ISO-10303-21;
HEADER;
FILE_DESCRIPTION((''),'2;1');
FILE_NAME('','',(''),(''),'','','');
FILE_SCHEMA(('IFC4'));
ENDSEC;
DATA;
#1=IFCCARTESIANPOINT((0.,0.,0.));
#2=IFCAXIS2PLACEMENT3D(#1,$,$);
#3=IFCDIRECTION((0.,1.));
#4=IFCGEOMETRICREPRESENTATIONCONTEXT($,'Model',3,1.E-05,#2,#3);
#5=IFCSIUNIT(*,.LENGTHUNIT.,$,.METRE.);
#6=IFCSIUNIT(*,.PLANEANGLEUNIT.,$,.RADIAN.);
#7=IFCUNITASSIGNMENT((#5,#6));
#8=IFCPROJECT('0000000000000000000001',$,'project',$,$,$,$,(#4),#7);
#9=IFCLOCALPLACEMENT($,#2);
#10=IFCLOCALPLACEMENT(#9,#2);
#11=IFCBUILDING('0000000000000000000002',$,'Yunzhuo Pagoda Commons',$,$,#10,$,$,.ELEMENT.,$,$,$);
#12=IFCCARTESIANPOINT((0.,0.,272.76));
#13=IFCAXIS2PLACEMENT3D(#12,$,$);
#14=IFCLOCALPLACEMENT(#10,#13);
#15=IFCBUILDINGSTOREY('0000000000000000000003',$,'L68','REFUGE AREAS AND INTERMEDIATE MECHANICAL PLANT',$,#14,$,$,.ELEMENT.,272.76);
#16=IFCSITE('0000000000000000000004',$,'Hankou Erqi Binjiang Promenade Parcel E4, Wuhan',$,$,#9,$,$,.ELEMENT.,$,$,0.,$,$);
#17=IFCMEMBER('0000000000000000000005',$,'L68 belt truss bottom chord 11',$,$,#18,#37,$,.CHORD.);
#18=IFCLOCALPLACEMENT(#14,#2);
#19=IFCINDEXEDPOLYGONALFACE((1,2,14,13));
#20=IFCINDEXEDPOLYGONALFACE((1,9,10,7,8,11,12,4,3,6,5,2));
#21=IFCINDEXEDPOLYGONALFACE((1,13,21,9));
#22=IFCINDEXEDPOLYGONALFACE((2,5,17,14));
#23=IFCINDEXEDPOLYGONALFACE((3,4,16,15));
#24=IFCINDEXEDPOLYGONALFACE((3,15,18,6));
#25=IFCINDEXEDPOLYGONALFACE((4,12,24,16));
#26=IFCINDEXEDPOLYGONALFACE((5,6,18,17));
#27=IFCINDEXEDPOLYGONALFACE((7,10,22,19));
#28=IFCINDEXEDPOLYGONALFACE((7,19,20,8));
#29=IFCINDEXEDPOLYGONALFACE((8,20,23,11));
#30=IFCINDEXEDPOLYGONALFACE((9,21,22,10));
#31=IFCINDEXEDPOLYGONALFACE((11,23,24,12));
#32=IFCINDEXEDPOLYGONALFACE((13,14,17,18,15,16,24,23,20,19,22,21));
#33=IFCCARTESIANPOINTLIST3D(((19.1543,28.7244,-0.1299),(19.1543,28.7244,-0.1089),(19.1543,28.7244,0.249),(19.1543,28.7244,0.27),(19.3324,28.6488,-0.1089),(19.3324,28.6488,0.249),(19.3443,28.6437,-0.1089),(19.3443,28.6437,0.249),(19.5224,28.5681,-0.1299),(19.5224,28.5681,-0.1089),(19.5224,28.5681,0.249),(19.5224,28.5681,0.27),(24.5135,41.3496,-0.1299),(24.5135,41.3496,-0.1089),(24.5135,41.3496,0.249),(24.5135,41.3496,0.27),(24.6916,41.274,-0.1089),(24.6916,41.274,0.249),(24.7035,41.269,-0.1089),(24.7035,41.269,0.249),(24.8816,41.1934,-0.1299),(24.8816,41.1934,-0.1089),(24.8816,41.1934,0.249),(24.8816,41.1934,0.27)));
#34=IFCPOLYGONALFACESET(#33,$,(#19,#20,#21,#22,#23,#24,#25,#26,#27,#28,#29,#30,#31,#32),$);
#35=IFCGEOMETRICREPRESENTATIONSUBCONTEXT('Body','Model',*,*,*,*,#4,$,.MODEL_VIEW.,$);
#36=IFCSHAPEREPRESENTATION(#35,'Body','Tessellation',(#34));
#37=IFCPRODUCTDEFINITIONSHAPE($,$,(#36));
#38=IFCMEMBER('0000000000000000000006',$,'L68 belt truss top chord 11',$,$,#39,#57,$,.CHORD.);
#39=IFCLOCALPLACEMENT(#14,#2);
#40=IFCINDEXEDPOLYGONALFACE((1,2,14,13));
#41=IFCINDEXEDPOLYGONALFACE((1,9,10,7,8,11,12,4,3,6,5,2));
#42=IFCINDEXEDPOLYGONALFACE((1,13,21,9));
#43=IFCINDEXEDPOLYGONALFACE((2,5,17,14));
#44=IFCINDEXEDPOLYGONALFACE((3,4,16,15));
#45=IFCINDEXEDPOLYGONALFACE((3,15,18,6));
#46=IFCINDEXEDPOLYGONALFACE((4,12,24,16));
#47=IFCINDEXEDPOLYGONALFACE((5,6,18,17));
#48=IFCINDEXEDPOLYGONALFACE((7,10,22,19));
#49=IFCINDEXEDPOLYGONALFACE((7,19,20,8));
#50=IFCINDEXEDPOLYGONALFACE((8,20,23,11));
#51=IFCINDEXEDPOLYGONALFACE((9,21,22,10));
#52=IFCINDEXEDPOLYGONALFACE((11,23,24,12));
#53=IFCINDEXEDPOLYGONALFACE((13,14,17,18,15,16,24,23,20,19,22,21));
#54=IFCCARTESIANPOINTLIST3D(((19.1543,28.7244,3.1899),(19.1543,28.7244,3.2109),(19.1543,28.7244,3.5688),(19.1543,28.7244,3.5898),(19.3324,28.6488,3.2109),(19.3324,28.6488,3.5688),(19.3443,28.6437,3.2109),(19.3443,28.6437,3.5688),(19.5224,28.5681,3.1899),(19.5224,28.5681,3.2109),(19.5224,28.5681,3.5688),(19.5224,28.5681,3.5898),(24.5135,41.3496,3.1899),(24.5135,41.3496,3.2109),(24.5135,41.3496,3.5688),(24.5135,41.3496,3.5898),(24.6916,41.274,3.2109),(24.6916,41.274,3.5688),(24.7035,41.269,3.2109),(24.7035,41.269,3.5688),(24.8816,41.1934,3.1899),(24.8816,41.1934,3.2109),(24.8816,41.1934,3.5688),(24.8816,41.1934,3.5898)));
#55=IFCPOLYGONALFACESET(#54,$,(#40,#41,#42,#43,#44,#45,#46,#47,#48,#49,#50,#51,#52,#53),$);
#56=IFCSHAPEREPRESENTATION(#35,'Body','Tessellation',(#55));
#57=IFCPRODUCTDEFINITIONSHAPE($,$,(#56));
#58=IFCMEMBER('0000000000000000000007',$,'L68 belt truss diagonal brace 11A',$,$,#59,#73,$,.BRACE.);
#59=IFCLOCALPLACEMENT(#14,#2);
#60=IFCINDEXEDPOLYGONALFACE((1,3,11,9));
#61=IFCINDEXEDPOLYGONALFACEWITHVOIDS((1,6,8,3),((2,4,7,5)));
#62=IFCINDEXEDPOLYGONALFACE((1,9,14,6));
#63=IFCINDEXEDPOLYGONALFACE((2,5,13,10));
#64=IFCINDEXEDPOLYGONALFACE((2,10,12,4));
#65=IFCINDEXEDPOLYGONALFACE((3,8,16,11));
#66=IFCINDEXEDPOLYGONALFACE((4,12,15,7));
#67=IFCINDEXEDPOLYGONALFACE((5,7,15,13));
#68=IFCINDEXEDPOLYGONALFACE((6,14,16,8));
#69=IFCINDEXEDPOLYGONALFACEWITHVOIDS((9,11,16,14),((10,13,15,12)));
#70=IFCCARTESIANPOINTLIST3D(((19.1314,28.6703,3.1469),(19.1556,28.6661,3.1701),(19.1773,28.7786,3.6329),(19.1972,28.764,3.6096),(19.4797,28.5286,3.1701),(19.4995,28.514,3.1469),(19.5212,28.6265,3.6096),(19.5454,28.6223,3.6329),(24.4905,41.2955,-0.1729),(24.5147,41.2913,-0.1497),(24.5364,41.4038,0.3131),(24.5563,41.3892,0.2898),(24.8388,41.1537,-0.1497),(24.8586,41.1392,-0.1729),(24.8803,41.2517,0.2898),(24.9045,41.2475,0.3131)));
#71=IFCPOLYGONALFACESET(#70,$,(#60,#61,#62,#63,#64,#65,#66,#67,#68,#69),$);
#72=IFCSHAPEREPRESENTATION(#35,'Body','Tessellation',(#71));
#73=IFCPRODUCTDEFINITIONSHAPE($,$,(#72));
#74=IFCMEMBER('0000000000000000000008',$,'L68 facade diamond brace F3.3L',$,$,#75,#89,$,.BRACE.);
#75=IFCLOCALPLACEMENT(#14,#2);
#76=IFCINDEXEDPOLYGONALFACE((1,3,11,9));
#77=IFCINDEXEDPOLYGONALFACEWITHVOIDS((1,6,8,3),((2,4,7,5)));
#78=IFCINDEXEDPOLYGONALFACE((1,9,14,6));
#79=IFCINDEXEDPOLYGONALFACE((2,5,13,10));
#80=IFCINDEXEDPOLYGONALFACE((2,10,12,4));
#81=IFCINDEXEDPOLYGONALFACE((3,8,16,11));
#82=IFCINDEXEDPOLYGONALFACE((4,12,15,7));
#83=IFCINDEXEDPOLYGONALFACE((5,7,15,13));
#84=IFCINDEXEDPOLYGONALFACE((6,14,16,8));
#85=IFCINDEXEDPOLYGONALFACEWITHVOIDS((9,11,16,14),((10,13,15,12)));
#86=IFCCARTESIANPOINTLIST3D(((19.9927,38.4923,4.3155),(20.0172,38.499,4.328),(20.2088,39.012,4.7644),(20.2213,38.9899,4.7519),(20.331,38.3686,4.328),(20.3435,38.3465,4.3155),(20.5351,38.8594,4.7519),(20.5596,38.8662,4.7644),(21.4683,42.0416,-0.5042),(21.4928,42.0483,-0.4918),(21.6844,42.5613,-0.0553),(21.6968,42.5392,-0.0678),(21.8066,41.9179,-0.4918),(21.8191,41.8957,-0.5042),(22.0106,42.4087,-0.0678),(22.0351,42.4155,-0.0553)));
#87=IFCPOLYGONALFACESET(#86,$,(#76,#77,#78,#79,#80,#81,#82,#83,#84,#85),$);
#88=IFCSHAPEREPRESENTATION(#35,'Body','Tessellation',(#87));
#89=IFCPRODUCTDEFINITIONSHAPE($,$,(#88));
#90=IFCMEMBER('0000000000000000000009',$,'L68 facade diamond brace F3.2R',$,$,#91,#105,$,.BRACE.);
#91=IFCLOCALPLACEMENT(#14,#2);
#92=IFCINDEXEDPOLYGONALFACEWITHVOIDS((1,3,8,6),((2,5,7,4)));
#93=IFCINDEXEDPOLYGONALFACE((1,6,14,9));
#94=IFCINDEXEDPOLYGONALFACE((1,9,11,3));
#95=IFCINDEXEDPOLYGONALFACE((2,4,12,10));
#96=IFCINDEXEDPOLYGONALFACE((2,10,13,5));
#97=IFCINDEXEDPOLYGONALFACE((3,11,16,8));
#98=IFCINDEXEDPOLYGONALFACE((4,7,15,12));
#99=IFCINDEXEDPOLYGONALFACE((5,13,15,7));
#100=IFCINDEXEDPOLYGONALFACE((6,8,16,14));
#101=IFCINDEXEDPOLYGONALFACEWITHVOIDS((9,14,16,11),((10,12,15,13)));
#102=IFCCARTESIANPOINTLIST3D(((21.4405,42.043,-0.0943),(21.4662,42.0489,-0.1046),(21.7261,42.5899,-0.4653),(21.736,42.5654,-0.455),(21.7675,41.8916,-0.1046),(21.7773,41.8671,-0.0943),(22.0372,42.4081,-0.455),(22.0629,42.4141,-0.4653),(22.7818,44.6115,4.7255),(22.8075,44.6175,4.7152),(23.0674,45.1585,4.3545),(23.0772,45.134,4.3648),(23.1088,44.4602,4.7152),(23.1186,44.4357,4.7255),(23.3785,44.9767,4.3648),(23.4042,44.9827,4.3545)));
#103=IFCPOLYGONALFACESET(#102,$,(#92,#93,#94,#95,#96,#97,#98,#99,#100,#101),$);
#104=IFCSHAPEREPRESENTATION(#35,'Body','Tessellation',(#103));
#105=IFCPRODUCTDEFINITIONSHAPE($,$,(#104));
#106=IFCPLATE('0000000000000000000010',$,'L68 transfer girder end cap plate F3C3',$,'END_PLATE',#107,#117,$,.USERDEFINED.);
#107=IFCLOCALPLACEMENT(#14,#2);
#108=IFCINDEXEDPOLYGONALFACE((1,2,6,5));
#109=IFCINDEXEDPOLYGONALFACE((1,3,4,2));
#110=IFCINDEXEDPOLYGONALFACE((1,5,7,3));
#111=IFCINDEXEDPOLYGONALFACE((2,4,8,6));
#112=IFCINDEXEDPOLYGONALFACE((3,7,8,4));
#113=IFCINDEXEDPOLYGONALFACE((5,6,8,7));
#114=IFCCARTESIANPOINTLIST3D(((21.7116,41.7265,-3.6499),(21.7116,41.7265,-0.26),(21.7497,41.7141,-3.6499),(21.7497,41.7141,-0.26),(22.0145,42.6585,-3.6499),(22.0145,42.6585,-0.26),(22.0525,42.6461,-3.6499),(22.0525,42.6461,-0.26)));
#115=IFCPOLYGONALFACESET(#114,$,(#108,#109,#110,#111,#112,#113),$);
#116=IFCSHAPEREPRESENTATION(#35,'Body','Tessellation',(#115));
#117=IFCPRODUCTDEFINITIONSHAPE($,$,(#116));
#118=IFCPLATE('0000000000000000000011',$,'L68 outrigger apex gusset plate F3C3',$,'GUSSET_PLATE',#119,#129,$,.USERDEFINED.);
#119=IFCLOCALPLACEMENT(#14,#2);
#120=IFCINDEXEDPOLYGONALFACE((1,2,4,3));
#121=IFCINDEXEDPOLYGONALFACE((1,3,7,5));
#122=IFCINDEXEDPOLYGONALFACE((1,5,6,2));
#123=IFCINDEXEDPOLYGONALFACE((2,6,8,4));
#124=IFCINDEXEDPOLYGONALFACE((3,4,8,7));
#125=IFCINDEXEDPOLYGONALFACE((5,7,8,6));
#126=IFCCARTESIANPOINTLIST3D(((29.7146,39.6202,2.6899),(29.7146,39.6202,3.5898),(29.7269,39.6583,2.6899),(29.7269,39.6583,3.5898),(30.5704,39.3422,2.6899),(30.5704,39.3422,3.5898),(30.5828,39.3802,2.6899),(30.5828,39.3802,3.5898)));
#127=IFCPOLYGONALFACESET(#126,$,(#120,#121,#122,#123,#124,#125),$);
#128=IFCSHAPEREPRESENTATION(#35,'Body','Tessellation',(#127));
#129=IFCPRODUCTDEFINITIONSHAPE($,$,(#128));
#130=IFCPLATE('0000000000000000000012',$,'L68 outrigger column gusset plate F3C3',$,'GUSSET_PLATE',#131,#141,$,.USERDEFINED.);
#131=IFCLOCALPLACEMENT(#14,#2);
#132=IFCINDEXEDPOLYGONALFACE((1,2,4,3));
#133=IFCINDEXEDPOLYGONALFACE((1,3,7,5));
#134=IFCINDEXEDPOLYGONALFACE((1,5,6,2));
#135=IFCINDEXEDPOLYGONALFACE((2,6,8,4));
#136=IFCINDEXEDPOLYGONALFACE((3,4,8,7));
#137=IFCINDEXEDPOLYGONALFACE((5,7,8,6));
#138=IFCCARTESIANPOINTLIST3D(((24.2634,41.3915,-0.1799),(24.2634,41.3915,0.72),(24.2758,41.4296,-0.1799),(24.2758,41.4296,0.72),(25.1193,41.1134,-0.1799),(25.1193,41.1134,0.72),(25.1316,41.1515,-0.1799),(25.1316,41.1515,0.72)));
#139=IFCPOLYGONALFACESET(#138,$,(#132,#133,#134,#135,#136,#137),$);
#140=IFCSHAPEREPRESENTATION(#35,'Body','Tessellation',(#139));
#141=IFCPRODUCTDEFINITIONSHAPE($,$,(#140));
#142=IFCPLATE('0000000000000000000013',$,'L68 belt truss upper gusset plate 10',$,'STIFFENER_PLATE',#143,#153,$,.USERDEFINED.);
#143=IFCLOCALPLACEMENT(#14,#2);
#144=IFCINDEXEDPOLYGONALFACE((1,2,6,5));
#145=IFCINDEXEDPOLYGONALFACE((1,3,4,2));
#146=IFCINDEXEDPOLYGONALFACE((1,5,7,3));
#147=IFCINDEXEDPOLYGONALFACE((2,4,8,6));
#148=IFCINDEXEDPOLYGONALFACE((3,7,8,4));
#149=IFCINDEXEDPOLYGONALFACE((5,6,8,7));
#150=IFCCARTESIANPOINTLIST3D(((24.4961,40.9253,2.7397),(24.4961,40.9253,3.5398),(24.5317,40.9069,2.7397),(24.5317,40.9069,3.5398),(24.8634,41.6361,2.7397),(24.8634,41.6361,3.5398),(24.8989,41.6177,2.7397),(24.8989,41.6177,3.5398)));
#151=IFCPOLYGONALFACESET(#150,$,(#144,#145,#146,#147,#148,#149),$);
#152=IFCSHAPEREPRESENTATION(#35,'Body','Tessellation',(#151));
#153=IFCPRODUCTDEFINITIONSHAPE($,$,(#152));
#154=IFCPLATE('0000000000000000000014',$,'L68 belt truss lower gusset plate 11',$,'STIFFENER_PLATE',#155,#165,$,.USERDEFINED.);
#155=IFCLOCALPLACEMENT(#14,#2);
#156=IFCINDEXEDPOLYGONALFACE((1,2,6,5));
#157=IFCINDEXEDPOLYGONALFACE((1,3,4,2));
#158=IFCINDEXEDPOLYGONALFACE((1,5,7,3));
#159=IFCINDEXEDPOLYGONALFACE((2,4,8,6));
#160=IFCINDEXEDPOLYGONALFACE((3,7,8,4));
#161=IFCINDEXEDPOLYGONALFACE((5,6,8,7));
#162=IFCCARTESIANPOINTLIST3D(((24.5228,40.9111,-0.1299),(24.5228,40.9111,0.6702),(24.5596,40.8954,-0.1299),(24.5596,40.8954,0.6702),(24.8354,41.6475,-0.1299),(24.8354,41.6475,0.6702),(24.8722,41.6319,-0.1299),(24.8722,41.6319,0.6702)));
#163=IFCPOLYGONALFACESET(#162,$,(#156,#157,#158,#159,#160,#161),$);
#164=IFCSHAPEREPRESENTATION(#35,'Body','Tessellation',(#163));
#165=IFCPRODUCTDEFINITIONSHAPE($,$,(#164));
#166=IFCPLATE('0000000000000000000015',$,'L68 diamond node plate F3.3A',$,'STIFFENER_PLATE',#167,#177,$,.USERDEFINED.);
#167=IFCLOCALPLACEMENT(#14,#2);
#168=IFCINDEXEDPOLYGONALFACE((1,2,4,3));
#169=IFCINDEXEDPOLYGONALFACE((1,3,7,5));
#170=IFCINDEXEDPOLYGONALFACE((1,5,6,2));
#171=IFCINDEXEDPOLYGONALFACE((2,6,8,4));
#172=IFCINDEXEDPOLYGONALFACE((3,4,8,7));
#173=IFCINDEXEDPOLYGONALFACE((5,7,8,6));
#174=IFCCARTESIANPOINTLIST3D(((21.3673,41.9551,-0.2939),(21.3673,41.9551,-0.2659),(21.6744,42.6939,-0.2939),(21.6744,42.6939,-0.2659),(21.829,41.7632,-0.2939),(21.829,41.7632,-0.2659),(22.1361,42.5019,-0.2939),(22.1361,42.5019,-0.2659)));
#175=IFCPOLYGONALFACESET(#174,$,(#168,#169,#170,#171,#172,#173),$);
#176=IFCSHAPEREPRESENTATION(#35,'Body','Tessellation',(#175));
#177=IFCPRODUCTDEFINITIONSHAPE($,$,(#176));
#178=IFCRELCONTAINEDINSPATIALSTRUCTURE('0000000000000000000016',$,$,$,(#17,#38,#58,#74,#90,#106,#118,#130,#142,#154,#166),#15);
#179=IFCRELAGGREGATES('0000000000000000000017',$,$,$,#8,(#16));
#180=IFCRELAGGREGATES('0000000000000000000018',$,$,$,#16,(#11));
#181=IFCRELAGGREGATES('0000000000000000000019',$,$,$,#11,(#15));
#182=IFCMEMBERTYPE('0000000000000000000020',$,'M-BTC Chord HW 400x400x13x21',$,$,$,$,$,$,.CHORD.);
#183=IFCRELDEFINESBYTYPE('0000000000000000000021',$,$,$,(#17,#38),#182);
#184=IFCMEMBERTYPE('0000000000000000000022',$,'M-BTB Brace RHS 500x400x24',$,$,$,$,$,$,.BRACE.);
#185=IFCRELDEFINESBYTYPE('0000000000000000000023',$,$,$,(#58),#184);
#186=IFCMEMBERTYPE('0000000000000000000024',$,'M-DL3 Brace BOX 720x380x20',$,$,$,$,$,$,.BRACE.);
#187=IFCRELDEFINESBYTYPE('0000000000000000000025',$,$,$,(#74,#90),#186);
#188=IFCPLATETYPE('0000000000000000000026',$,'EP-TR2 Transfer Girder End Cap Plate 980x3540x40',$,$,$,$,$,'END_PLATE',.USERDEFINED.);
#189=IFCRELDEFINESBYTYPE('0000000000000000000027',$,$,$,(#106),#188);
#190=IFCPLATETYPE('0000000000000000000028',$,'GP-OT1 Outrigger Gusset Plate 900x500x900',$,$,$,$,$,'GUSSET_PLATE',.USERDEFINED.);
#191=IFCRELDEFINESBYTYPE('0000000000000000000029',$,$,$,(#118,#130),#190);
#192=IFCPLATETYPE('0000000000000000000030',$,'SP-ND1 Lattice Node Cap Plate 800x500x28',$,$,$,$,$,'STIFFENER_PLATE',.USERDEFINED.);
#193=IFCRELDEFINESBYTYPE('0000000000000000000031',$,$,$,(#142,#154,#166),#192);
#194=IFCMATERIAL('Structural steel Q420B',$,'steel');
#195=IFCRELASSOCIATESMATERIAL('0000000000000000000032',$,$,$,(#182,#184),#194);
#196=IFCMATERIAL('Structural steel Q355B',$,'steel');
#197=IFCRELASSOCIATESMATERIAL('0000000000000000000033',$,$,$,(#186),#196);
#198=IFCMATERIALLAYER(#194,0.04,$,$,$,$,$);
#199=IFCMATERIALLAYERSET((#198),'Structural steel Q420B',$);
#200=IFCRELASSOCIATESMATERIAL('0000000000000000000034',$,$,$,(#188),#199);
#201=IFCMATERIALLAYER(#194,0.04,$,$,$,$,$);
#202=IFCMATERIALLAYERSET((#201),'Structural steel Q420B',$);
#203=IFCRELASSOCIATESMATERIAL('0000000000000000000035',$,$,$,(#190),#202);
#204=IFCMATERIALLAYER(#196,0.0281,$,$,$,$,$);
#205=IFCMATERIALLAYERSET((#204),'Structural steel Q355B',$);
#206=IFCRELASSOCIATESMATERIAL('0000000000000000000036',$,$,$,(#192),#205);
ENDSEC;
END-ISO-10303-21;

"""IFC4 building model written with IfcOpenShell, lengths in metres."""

from ifc_helpers import new_model, si_unit, direction, frame, origin, origin_2d, place, context, subcontext, project, spatial, rectangle, hollow_rectangle, i_section, extrude, source, transform, mapped, material, layer, layer_set, material_profile, profile_set, type_object, element, save


model = new_model("IFC4")

# Units and contexts
model_context = context("Model", 3, precision=1e-05, world=origin(), true_north=direction((0.0, 1.0)))
body_context = subcontext(model_context, "Body", "Model", "MODEL_VIEW")
ifc_project = project(units=[si_unit("LENGTHUNIT", "METRE"), si_unit("PLANEANGLEUNIT", "RADIAN")], contexts=[model_context])

# Site, building, storey
site_placement = place(None, origin())
site = spatial("IfcSite", under=ifc_project, at=site_placement, Name="Hankou Erqi Binjiang Promenade Parcel E4, Wuhan", CompositionType="ELEMENT", RefElevation=0.0)
building_placement = place(site_placement, origin())
building = spatial("IfcBuilding", under=site, at=building_placement, Name="Yunzhuo Pagoda Commons", CompositionType="ELEMENT")
storey_placement = place(building_placement, frame((0.0, 0.0, 272.76)))
storey = spatial("IfcBuildingStorey", under=building, at=storey_placement, Name="L68", Description="REFUGE AREAS AND INTERMEDIATE MECHANICAL PLANT", CompositionType="ELEMENT", Elevation=272.76)

# Shared definitions
ifc_material_1 = material(Name="Structural steel Q355B", Category="steel")

# Shared definitions
ifc_material_2 = material(Name="Structural steel Q420B", Category="steel")

# Members
ifc_material_profile_1 = material_profile(ifc_material_2, i_section(OverallWidth=0.3999, OverallDepth=0.3999, WebThickness=0.0129, FlangeThickness=0.021, at=origin_2d()), Name="Structural steel Q420B")
ifc_profile_set_1 = profile_set([ifc_material_profile_1], Name="Structural steel Q420B")
member_type_1 = type_object("IfcMemberType", Name="M-BTC Chord HW 400x400x13x21", PredefinedType="CHORD", material=ifc_profile_set_1)
shared_shape_1 = source(origin(), body_context, "Body", "SweptSolid", [
    extrude(i_section(OverallWidth=0.3999, OverallDepth=0.3999, WebThickness=0.0129, FlangeThickness=0.021, at=origin_2d()), origin(), (0.0, 0.0, 1.0), 13.7156),
])
for number, where, z_axis, x_axis, name in (
    (1, (24.6975, 41.2715, 0.0701), (-0.390733, -0.920504, 0.0), (0.920504, -0.390733, 0.0), "L68 belt truss bottom chord 11"),
    (2, (24.6975, 41.2715, 3.3899), (-0.390733, -0.920504, 0.0), (0.920504, -0.390733, 0.0), "L68 belt truss top chord 11"),
):
    element("IfcMember", number, at=place(storey_placement, frame(where, z_axis=z_axis, x_axis=x_axis)), inside=storey, type_object=member_type_1, Name=name, PredefinedType="CHORD", context=body_context, shape_type="MappedRepresentation", body=[
        mapped(shared_shape_1, transform((0.0, 0.0, 0.0), scale=1.0)),
    ])
ifc_material_profile_2 = material_profile(ifc_material_2, hollow_rectangle(XDim=0.3999, YDim=0.5, WallThickness=0.0239, at=origin_2d()), Name="Structural steel Q420B")
ifc_profile_set_2 = profile_set([ifc_material_profile_2], Name="Structural steel Q420B")
member_type_2 = type_object("IfcMemberType", Name="M-BTB Brace RHS 500x400x24", PredefinedType="BRACE", material=ifc_profile_set_2)
shared_shape_2 = source(origin(), body_context, "Body", "SweptSolid", [
    extrude(hollow_rectangle(XDim=0.3999, YDim=0.5, WallThickness=0.0239, at=origin_2d()), origin(), (0.0, 0.0, 1.0), 14.1116),
])
member_1_placement = place(storey_placement, frame((24.6975, 41.2715, 0.0701), z_axis=(-0.379767, -0.894669, 0.235254), x_axis=(0.920504, -0.390733, 0.0)))
element("IfcMember", 3, at=member_1_placement, inside=storey, type_object=member_type_2, Name="L68 belt truss diagonal brace 11A", PredefinedType="BRACE", context=body_context, shape_type="MappedRepresentation", body=[
    mapped(shared_shape_2, transform((0.0, 0.0, 0.0), scale=1.0)),
])
ifc_material_profile_3 = material_profile(ifc_material_1, hollow_rectangle(XDim=0.3799, YDim=0.72, WallThickness=0.02, at=origin_2d()), Name="Structural steel Q355B")
ifc_profile_set_3 = profile_set([ifc_material_profile_3], Name="Structural steel Q355B")
member_type_3 = type_object("IfcMemberType", Name="M-DL3 Brace BOX 720x380x20", PredefinedType="BRACE", material=ifc_profile_set_3)
shared_shape_3 = source(origin(), body_context, "Body", "SweptSolid", [
    extrude(hollow_rectangle(XDim=0.3799, YDim=0.72, WallThickness=0.02, at=origin_2d()), origin(), (0.0, 0.0, 1.0), 6.1648),
])
member_2_placement = place(storey_placement, frame((21.7517, 42.2285, -0.2798), z_axis=(-0.239354, -0.575732, 0.78182), x_axis=(0.923381, -0.383885, 0.0)))
element("IfcMember", 4, at=member_2_placement, inside=storey, type_object=member_type_3, Name="L68 facade diamond brace F3.3L", PredefinedType="BRACE", context=body_context, shape_type="MappedRepresentation", body=[
    mapped(shared_shape_3, transform((0.0, 0.0, 0.0), scale=1.0)),
])
shared_shape_4 = source(origin(), body_context, "Body", "SweptSolid", [
    extrude(hollow_rectangle(XDim=0.3799, YDim=0.72, WallThickness=0.02, at=origin_2d()), origin(), (0.0, 0.0, 1.0), 5.6238),
])
member_3_placement = place(storey_placement, frame((21.7517, 42.2285, -0.2798), z_axis=(0.238504, 0.456735, 0.857035), x_axis=(-0.88642, 0.462883, 0.0)))
element("IfcMember", 5, at=member_3_placement, inside=storey, type_object=member_type_3, Name="L68 facade diamond brace F3.2R", PredefinedType="BRACE", context=body_context, shape_type="MappedRepresentation", body=[
    mapped(shared_shape_4, transform((0.0, 0.0, 0.0), scale=1.0)),
])

# Plates
ifc_layer_1 = layer(ifc_material_2, 0.04)
ifc_layer_set_1 = layer_set([ifc_layer_1], Name="Structural steel Q420B")
plate_type_1 = type_object("IfcPlateType", Name="EP-TR2 Transfer Girder End Cap Plate 980x3540x40", ElementType="END_PLATE", PredefinedType="USERDEFINED", material=ifc_layer_set_1)
shared_shape_5 = source(origin(), body_context, "Body", "SweptSolid", [
    extrude(rectangle(XDim=0.98, YDim=0.04, at=origin_2d()), origin(), (0.0, 0.0, 1.0), 3.3899),
])
plate_1_placement = place(storey_placement, frame((21.8821, 42.1863, -3.6499), z_axis=(0.0, 0.0, 1.0), x_axis=(-0.309017, -0.951057, 0.0)))
element("IfcPlate", 6, at=plate_1_placement, inside=storey, type_object=plate_type_1, Name="L68 transfer girder end cap plate F3C3", ObjectType="END_PLATE", PredefinedType="USERDEFINED", context=body_context, shape_type="MappedRepresentation", body=[
    mapped(shared_shape_5, transform((0.0, 0.0, 0.0), scale=1.0)),
])
ifc_layer_2 = layer(ifc_material_2, 0.04)
ifc_layer_set_2 = layer_set([ifc_layer_2], Name="Structural steel Q420B")
plate_type_2 = type_object("IfcPlateType", Name="GP-OT1 Outrigger Gusset Plate 900x500x900", ElementType="GUSSET_PLATE", PredefinedType="USERDEFINED", material=ifc_layer_set_2)
shared_shape_6 = source(origin(), body_context, "Body", "SweptSolid", [
    extrude(rectangle(XDim=0.8999, YDim=0.04, at=origin_2d()), origin(), (0.0, 0.0, 1.0), 0.8999),
])
for number, where, z_axis, x_axis, name in (
    (7, (30.1487, 39.5002, 2.6899), (0.0, 0.0, 1.0), (-0.951057, 0.309017, 0.0), "L68 outrigger apex gusset plate F3C3"),
    (8, (24.6975, 41.2715, -0.1799), (0.0, 0.0, 1.0), (-0.951057, 0.309017, 0.0), "L68 outrigger column gusset plate F3C3"),
):
    element("IfcPlate", number, at=place(storey_placement, frame(where, z_axis=z_axis, x_axis=x_axis)), inside=storey, type_object=plate_type_2, Name=name, ObjectType="GUSSET_PLATE", PredefinedType="USERDEFINED", context=body_context, shape_type="MappedRepresentation", body=[
        mapped(shared_shape_6, transform((0.0, 0.0, 0.0), scale=1.0)),
    ])
ifc_layer_3 = layer(ifc_material_1, 0.0281)
ifc_layer_set_3 = layer_set([ifc_layer_3], Name="Structural steel Q355B")
plate_type_3 = type_object("IfcPlateType", Name="SP-ND1 Lattice Node Cap Plate 800x500x28", ElementType="STIFFENER_PLATE", PredefinedType="USERDEFINED", material=ifc_layer_set_3)
shared_shape_7 = source(origin(), body_context, "Body", "SweptSolid", [
    extrude(rectangle(XDim=0.8, YDim=0.04, at=origin_2d()), origin(), (0.0, 0.0, 1.0), 0.8),
])
for number, where, z_axis, x_axis, name in (
    (9, (24.6975, 41.2715, 2.7397), (0.0, 0.0, 1.0), (-0.459053, -0.888409, 0.0), "L68 belt truss upper gusset plate 10"),
    (10, (24.6975, 41.2715, -0.1299), (0.0, 0.0, 1.0), (-0.390747, -0.920498, 0.0), "L68 belt truss lower gusset plate 11"),
):
    element("IfcPlate", number, at=place(storey_placement, frame(where, z_axis=z_axis, x_axis=x_axis)), inside=storey, type_object=plate_type_3, Name=name, ObjectType="STIFFENER_PLATE", PredefinedType="USERDEFINED", context=body_context, shape_type="MappedRepresentation", body=[
        mapped(shared_shape_7, transform((0.0, 0.0, 0.0), scale=1.0)),
    ])
shared_shape_8 = source(origin(), body_context, "Body", "SweptSolid", [
    extrude(rectangle(XDim=0.8, YDim=0.5, at=origin_2d()), origin(), (0.0, 0.0, 1.0), 0.0281),
])
plate_2_placement = place(storey_placement, frame((21.7517, 42.2285, -0.2939), z_axis=(0.0, 0.0, 1.0), x_axis=(-0.38386, -0.923391, 0.0)))
element("IfcPlate", 11, at=plate_2_placement, inside=storey, type_object=plate_type_3, Name="L68 diamond node plate F3.3A", ObjectType="STIFFENER_PLATE", PredefinedType="USERDEFINED", context=body_context, shape_type="MappedRepresentation", body=[
    mapped(shared_shape_8, transform((0.0, 0.0, 0.0), scale=1.0)),
])

save(model, "model.ifc")
